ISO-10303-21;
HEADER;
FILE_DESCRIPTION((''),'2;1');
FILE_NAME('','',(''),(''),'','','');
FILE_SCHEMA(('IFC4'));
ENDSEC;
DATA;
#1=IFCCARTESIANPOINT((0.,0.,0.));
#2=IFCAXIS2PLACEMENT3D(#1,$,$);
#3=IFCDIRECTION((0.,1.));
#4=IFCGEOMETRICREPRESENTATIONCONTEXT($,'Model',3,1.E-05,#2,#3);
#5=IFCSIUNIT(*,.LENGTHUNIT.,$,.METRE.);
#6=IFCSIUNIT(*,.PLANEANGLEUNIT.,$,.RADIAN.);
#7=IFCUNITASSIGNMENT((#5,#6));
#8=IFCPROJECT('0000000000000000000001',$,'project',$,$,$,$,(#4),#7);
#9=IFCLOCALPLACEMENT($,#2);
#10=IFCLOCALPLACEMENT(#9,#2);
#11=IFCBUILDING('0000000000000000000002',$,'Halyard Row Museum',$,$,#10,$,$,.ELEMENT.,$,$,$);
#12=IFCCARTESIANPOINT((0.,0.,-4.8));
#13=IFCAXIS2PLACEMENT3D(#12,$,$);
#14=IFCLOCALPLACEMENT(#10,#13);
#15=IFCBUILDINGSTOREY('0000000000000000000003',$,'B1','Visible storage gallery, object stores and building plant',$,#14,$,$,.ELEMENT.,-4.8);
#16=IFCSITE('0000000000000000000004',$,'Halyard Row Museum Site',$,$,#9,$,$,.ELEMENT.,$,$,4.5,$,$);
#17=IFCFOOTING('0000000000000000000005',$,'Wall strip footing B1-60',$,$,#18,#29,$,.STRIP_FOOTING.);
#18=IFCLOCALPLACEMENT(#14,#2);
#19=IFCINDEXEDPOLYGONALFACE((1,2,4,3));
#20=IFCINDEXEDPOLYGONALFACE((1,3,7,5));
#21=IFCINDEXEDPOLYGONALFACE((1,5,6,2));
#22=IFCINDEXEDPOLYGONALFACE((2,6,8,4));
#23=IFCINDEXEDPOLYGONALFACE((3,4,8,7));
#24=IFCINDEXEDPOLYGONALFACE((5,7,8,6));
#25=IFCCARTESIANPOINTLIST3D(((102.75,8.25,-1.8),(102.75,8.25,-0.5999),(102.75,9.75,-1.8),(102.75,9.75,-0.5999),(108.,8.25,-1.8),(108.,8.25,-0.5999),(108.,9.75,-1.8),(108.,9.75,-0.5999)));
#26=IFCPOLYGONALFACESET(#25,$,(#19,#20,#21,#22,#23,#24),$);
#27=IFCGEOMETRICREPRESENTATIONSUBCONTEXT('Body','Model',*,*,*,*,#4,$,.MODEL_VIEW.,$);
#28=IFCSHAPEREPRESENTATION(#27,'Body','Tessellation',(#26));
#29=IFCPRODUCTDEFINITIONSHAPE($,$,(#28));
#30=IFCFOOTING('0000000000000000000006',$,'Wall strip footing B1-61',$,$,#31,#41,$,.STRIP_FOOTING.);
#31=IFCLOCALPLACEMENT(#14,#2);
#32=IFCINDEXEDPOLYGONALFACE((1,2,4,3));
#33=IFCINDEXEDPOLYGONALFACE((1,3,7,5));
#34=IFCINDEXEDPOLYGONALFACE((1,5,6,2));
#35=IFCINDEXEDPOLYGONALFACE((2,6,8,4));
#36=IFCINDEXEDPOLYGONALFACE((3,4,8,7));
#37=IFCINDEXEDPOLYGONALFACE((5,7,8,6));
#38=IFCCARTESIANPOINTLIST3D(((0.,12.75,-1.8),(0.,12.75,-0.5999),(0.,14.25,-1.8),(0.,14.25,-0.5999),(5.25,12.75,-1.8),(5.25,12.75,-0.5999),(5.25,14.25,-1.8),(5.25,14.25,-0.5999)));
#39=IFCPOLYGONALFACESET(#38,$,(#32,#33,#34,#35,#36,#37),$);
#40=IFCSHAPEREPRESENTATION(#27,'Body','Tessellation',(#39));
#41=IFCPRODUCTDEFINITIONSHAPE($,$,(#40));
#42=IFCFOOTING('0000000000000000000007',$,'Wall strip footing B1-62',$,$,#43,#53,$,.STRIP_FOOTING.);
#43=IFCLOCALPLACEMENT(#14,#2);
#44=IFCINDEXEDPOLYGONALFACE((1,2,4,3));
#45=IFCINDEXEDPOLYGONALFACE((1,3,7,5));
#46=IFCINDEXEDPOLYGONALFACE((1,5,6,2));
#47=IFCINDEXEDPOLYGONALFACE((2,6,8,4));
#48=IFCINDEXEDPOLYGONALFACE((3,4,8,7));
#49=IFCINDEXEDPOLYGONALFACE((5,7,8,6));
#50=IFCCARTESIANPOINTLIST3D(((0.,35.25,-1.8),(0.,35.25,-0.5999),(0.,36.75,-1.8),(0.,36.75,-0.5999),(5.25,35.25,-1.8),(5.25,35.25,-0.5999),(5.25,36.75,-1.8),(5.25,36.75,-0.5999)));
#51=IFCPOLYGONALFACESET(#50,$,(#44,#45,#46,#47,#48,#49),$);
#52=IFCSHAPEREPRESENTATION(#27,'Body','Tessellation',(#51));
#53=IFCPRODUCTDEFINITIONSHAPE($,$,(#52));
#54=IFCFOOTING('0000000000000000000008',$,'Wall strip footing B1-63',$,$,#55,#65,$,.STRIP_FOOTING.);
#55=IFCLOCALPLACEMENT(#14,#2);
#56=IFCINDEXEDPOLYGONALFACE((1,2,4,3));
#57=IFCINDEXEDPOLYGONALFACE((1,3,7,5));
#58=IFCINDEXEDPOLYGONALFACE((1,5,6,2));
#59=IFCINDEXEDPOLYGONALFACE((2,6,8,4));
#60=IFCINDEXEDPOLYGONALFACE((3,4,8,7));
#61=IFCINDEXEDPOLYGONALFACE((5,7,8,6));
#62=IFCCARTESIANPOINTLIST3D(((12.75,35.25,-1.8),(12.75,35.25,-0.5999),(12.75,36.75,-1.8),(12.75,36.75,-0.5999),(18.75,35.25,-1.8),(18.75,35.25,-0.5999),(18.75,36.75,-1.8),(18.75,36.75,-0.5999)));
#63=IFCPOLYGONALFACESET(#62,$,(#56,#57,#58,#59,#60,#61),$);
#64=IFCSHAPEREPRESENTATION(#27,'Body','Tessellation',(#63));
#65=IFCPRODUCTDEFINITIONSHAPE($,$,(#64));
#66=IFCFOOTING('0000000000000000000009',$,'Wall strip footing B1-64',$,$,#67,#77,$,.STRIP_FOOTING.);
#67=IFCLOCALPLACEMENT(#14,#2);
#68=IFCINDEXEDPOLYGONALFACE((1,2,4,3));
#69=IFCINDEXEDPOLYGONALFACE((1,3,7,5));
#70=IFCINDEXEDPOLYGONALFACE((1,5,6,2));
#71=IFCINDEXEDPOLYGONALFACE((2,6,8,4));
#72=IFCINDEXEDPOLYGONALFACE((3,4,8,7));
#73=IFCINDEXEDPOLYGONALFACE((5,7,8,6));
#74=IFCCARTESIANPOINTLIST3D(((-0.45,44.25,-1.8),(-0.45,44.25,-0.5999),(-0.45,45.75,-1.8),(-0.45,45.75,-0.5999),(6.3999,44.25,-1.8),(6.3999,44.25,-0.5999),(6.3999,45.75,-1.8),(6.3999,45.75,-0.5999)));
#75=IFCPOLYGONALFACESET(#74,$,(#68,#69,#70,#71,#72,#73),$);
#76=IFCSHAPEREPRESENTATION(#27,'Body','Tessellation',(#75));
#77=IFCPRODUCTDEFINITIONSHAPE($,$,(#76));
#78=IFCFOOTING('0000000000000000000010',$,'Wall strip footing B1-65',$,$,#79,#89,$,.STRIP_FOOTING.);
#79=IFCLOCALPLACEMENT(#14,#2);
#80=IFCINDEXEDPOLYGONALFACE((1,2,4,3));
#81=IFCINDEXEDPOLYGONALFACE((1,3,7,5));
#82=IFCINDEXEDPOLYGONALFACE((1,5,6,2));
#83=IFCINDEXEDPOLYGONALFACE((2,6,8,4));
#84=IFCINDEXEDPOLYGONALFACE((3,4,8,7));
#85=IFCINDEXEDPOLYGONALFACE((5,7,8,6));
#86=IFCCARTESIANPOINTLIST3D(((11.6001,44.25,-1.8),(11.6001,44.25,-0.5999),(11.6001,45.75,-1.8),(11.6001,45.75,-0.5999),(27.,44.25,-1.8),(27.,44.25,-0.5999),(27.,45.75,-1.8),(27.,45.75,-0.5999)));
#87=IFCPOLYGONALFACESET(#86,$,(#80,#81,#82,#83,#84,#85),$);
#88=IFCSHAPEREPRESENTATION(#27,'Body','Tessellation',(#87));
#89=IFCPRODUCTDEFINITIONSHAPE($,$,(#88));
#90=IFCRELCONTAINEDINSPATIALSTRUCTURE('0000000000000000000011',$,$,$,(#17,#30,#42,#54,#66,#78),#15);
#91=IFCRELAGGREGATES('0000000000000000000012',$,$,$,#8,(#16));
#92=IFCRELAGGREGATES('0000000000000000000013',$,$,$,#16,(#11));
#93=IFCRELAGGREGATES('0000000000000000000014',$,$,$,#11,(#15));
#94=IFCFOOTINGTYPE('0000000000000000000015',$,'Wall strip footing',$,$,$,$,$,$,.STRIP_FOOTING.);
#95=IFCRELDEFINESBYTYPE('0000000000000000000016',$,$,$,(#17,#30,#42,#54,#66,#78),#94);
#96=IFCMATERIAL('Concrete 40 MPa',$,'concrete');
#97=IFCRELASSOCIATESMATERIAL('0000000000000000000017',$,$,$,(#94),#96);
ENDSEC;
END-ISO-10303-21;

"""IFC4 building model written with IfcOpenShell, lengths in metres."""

from ifc_helpers import new_model, si_unit, direction, frame, origin, place, context, subcontext, project, spatial, polyline, outline, extrude, material, type_object, element, save


model = new_model("IFC4")

# Units and contexts
model_context = context("Model", 3, precision=1e-05, world=origin(), true_north=direction((0.0, 1.0)))
body_context = subcontext(model_context, "Body", "Model", "MODEL_VIEW")
ifc_project = project(units=[si_unit("LENGTHUNIT", "METRE"), si_unit("PLANEANGLEUNIT", "RADIAN")], contexts=[model_context])

# Site, building, storey
site_placement = place(None, origin())
site = spatial("IfcSite", under=ifc_project, at=site_placement, Name="Halyard Row Museum Site", CompositionType="ELEMENT", RefElevation=4.5)
building_placement = place(site_placement, origin())
building = spatial("IfcBuilding", under=site, at=building_placement, Name="Halyard Row Museum", CompositionType="ELEMENT")
storey_placement = place(building_placement, frame((0.0, 0.0, -4.8)))
storey = spatial("IfcBuildingStorey", under=building, at=storey_placement, Name="B1", Description="Visible storage gallery, object stores and building plant", CompositionType="ELEMENT", Elevation=-4.8)

# Footings
ifc_material_1 = material(Name="Concrete 40 MPa", Category="concrete")
footing_type_1 = type_object("IfcFootingType", Name="Wall strip footing", PredefinedType="STRIP_FOOTING", material=ifc_material_1)
footing_1_placement = place(storey_placement, frame((0.0, 0.0, -1.8)))
element("IfcFooting", 1, at=footing_1_placement, inside=storey, type_object=footing_type_1, Name="Wall strip footing B1-60", PredefinedType="STRIP_FOOTING", context=body_context, shape_type="SweptSolid", body=[
    extrude(outline(polyline([(102.75, 8.25), (108.0, 8.25), (108.0, 9.75), (102.75, 9.75), (102.75, 8.25)])), origin(), (0.0, 0.0, 1.0), 1.2002),
])
footing_2_placement = place(storey_placement, frame((0.0, 0.0, -1.8)))
element("IfcFooting", 2, at=footing_2_placement, inside=storey, type_object=footing_type_1, Name="Wall strip footing B1-61", PredefinedType="STRIP_FOOTING", context=body_context, shape_type="SweptSolid", body=[
    extrude(outline(polyline([(0.0, 12.75), (5.25, 12.75), (5.25, 14.25), (0.0, 14.25), (0.0, 12.75)])), origin(), (0.0, 0.0, 1.0), 1.2002),
])
footing_3_placement = place(storey_placement, frame((0.0, 0.0, -1.8)))
element("IfcFooting", 3, at=footing_3_placement, inside=storey, type_object=footing_type_1, Name="Wall strip footing B1-62", PredefinedType="STRIP_FOOTING", context=body_context, shape_type="SweptSolid", body=[
    extrude(outline(polyline([(0.0, 35.25), (5.25, 35.25), (5.25, 36.75), (0.0, 36.75), (0.0, 35.25)])), origin(), (0.0, 0.0, 1.0), 1.2002),
])
footing_4_placement = place(storey_placement, frame((0.0, 0.0, -1.8)))
element("IfcFooting", 4, at=footing_4_placement, inside=storey, type_object=footing_type_1, Name="Wall strip footing B1-63", PredefinedType="STRIP_FOOTING", context=body_context, shape_type="SweptSolid", body=[
    extrude(outline(polyline([(12.75, 35.25), (18.75, 35.25), (18.75, 36.75), (12.75, 36.75), (12.75, 35.25)])), origin(), (0.0, 0.0, 1.0), 1.2002),
])
footing_5_placement = place(storey_placement, frame((0.0, 0.0, -1.8)))
element("IfcFooting", 5, at=footing_5_placement, inside=storey, type_object=footing_type_1, Name="Wall strip footing B1-64", PredefinedType="STRIP_FOOTING", context=body_context, shape_type="SweptSolid", body=[
    extrude(outline(polyline([(-0.45, 44.25), (6.3999, 44.25), (6.3999, 45.75), (-0.45, 45.75), (-0.45, 44.25)])), origin(), (0.0, 0.0, 1.0), 1.2002),
])
footing_6_placement = place(storey_placement, frame((0.0, 0.0, -1.8)))
element("IfcFooting", 6, at=footing_6_placement, inside=storey, type_object=footing_type_1, Name="Wall strip footing B1-65", PredefinedType="STRIP_FOOTING", context=body_context, shape_type="SweptSolid", body=[
    extrude(outline(polyline([(27.0, 45.75), (11.6001, 45.75), (11.6001, 44.25), (27.0, 44.25), (27.0, 45.75)])), origin(), (0.0, 0.0, 1.0), 1.2002),
])

save(model, "model.ifc")
